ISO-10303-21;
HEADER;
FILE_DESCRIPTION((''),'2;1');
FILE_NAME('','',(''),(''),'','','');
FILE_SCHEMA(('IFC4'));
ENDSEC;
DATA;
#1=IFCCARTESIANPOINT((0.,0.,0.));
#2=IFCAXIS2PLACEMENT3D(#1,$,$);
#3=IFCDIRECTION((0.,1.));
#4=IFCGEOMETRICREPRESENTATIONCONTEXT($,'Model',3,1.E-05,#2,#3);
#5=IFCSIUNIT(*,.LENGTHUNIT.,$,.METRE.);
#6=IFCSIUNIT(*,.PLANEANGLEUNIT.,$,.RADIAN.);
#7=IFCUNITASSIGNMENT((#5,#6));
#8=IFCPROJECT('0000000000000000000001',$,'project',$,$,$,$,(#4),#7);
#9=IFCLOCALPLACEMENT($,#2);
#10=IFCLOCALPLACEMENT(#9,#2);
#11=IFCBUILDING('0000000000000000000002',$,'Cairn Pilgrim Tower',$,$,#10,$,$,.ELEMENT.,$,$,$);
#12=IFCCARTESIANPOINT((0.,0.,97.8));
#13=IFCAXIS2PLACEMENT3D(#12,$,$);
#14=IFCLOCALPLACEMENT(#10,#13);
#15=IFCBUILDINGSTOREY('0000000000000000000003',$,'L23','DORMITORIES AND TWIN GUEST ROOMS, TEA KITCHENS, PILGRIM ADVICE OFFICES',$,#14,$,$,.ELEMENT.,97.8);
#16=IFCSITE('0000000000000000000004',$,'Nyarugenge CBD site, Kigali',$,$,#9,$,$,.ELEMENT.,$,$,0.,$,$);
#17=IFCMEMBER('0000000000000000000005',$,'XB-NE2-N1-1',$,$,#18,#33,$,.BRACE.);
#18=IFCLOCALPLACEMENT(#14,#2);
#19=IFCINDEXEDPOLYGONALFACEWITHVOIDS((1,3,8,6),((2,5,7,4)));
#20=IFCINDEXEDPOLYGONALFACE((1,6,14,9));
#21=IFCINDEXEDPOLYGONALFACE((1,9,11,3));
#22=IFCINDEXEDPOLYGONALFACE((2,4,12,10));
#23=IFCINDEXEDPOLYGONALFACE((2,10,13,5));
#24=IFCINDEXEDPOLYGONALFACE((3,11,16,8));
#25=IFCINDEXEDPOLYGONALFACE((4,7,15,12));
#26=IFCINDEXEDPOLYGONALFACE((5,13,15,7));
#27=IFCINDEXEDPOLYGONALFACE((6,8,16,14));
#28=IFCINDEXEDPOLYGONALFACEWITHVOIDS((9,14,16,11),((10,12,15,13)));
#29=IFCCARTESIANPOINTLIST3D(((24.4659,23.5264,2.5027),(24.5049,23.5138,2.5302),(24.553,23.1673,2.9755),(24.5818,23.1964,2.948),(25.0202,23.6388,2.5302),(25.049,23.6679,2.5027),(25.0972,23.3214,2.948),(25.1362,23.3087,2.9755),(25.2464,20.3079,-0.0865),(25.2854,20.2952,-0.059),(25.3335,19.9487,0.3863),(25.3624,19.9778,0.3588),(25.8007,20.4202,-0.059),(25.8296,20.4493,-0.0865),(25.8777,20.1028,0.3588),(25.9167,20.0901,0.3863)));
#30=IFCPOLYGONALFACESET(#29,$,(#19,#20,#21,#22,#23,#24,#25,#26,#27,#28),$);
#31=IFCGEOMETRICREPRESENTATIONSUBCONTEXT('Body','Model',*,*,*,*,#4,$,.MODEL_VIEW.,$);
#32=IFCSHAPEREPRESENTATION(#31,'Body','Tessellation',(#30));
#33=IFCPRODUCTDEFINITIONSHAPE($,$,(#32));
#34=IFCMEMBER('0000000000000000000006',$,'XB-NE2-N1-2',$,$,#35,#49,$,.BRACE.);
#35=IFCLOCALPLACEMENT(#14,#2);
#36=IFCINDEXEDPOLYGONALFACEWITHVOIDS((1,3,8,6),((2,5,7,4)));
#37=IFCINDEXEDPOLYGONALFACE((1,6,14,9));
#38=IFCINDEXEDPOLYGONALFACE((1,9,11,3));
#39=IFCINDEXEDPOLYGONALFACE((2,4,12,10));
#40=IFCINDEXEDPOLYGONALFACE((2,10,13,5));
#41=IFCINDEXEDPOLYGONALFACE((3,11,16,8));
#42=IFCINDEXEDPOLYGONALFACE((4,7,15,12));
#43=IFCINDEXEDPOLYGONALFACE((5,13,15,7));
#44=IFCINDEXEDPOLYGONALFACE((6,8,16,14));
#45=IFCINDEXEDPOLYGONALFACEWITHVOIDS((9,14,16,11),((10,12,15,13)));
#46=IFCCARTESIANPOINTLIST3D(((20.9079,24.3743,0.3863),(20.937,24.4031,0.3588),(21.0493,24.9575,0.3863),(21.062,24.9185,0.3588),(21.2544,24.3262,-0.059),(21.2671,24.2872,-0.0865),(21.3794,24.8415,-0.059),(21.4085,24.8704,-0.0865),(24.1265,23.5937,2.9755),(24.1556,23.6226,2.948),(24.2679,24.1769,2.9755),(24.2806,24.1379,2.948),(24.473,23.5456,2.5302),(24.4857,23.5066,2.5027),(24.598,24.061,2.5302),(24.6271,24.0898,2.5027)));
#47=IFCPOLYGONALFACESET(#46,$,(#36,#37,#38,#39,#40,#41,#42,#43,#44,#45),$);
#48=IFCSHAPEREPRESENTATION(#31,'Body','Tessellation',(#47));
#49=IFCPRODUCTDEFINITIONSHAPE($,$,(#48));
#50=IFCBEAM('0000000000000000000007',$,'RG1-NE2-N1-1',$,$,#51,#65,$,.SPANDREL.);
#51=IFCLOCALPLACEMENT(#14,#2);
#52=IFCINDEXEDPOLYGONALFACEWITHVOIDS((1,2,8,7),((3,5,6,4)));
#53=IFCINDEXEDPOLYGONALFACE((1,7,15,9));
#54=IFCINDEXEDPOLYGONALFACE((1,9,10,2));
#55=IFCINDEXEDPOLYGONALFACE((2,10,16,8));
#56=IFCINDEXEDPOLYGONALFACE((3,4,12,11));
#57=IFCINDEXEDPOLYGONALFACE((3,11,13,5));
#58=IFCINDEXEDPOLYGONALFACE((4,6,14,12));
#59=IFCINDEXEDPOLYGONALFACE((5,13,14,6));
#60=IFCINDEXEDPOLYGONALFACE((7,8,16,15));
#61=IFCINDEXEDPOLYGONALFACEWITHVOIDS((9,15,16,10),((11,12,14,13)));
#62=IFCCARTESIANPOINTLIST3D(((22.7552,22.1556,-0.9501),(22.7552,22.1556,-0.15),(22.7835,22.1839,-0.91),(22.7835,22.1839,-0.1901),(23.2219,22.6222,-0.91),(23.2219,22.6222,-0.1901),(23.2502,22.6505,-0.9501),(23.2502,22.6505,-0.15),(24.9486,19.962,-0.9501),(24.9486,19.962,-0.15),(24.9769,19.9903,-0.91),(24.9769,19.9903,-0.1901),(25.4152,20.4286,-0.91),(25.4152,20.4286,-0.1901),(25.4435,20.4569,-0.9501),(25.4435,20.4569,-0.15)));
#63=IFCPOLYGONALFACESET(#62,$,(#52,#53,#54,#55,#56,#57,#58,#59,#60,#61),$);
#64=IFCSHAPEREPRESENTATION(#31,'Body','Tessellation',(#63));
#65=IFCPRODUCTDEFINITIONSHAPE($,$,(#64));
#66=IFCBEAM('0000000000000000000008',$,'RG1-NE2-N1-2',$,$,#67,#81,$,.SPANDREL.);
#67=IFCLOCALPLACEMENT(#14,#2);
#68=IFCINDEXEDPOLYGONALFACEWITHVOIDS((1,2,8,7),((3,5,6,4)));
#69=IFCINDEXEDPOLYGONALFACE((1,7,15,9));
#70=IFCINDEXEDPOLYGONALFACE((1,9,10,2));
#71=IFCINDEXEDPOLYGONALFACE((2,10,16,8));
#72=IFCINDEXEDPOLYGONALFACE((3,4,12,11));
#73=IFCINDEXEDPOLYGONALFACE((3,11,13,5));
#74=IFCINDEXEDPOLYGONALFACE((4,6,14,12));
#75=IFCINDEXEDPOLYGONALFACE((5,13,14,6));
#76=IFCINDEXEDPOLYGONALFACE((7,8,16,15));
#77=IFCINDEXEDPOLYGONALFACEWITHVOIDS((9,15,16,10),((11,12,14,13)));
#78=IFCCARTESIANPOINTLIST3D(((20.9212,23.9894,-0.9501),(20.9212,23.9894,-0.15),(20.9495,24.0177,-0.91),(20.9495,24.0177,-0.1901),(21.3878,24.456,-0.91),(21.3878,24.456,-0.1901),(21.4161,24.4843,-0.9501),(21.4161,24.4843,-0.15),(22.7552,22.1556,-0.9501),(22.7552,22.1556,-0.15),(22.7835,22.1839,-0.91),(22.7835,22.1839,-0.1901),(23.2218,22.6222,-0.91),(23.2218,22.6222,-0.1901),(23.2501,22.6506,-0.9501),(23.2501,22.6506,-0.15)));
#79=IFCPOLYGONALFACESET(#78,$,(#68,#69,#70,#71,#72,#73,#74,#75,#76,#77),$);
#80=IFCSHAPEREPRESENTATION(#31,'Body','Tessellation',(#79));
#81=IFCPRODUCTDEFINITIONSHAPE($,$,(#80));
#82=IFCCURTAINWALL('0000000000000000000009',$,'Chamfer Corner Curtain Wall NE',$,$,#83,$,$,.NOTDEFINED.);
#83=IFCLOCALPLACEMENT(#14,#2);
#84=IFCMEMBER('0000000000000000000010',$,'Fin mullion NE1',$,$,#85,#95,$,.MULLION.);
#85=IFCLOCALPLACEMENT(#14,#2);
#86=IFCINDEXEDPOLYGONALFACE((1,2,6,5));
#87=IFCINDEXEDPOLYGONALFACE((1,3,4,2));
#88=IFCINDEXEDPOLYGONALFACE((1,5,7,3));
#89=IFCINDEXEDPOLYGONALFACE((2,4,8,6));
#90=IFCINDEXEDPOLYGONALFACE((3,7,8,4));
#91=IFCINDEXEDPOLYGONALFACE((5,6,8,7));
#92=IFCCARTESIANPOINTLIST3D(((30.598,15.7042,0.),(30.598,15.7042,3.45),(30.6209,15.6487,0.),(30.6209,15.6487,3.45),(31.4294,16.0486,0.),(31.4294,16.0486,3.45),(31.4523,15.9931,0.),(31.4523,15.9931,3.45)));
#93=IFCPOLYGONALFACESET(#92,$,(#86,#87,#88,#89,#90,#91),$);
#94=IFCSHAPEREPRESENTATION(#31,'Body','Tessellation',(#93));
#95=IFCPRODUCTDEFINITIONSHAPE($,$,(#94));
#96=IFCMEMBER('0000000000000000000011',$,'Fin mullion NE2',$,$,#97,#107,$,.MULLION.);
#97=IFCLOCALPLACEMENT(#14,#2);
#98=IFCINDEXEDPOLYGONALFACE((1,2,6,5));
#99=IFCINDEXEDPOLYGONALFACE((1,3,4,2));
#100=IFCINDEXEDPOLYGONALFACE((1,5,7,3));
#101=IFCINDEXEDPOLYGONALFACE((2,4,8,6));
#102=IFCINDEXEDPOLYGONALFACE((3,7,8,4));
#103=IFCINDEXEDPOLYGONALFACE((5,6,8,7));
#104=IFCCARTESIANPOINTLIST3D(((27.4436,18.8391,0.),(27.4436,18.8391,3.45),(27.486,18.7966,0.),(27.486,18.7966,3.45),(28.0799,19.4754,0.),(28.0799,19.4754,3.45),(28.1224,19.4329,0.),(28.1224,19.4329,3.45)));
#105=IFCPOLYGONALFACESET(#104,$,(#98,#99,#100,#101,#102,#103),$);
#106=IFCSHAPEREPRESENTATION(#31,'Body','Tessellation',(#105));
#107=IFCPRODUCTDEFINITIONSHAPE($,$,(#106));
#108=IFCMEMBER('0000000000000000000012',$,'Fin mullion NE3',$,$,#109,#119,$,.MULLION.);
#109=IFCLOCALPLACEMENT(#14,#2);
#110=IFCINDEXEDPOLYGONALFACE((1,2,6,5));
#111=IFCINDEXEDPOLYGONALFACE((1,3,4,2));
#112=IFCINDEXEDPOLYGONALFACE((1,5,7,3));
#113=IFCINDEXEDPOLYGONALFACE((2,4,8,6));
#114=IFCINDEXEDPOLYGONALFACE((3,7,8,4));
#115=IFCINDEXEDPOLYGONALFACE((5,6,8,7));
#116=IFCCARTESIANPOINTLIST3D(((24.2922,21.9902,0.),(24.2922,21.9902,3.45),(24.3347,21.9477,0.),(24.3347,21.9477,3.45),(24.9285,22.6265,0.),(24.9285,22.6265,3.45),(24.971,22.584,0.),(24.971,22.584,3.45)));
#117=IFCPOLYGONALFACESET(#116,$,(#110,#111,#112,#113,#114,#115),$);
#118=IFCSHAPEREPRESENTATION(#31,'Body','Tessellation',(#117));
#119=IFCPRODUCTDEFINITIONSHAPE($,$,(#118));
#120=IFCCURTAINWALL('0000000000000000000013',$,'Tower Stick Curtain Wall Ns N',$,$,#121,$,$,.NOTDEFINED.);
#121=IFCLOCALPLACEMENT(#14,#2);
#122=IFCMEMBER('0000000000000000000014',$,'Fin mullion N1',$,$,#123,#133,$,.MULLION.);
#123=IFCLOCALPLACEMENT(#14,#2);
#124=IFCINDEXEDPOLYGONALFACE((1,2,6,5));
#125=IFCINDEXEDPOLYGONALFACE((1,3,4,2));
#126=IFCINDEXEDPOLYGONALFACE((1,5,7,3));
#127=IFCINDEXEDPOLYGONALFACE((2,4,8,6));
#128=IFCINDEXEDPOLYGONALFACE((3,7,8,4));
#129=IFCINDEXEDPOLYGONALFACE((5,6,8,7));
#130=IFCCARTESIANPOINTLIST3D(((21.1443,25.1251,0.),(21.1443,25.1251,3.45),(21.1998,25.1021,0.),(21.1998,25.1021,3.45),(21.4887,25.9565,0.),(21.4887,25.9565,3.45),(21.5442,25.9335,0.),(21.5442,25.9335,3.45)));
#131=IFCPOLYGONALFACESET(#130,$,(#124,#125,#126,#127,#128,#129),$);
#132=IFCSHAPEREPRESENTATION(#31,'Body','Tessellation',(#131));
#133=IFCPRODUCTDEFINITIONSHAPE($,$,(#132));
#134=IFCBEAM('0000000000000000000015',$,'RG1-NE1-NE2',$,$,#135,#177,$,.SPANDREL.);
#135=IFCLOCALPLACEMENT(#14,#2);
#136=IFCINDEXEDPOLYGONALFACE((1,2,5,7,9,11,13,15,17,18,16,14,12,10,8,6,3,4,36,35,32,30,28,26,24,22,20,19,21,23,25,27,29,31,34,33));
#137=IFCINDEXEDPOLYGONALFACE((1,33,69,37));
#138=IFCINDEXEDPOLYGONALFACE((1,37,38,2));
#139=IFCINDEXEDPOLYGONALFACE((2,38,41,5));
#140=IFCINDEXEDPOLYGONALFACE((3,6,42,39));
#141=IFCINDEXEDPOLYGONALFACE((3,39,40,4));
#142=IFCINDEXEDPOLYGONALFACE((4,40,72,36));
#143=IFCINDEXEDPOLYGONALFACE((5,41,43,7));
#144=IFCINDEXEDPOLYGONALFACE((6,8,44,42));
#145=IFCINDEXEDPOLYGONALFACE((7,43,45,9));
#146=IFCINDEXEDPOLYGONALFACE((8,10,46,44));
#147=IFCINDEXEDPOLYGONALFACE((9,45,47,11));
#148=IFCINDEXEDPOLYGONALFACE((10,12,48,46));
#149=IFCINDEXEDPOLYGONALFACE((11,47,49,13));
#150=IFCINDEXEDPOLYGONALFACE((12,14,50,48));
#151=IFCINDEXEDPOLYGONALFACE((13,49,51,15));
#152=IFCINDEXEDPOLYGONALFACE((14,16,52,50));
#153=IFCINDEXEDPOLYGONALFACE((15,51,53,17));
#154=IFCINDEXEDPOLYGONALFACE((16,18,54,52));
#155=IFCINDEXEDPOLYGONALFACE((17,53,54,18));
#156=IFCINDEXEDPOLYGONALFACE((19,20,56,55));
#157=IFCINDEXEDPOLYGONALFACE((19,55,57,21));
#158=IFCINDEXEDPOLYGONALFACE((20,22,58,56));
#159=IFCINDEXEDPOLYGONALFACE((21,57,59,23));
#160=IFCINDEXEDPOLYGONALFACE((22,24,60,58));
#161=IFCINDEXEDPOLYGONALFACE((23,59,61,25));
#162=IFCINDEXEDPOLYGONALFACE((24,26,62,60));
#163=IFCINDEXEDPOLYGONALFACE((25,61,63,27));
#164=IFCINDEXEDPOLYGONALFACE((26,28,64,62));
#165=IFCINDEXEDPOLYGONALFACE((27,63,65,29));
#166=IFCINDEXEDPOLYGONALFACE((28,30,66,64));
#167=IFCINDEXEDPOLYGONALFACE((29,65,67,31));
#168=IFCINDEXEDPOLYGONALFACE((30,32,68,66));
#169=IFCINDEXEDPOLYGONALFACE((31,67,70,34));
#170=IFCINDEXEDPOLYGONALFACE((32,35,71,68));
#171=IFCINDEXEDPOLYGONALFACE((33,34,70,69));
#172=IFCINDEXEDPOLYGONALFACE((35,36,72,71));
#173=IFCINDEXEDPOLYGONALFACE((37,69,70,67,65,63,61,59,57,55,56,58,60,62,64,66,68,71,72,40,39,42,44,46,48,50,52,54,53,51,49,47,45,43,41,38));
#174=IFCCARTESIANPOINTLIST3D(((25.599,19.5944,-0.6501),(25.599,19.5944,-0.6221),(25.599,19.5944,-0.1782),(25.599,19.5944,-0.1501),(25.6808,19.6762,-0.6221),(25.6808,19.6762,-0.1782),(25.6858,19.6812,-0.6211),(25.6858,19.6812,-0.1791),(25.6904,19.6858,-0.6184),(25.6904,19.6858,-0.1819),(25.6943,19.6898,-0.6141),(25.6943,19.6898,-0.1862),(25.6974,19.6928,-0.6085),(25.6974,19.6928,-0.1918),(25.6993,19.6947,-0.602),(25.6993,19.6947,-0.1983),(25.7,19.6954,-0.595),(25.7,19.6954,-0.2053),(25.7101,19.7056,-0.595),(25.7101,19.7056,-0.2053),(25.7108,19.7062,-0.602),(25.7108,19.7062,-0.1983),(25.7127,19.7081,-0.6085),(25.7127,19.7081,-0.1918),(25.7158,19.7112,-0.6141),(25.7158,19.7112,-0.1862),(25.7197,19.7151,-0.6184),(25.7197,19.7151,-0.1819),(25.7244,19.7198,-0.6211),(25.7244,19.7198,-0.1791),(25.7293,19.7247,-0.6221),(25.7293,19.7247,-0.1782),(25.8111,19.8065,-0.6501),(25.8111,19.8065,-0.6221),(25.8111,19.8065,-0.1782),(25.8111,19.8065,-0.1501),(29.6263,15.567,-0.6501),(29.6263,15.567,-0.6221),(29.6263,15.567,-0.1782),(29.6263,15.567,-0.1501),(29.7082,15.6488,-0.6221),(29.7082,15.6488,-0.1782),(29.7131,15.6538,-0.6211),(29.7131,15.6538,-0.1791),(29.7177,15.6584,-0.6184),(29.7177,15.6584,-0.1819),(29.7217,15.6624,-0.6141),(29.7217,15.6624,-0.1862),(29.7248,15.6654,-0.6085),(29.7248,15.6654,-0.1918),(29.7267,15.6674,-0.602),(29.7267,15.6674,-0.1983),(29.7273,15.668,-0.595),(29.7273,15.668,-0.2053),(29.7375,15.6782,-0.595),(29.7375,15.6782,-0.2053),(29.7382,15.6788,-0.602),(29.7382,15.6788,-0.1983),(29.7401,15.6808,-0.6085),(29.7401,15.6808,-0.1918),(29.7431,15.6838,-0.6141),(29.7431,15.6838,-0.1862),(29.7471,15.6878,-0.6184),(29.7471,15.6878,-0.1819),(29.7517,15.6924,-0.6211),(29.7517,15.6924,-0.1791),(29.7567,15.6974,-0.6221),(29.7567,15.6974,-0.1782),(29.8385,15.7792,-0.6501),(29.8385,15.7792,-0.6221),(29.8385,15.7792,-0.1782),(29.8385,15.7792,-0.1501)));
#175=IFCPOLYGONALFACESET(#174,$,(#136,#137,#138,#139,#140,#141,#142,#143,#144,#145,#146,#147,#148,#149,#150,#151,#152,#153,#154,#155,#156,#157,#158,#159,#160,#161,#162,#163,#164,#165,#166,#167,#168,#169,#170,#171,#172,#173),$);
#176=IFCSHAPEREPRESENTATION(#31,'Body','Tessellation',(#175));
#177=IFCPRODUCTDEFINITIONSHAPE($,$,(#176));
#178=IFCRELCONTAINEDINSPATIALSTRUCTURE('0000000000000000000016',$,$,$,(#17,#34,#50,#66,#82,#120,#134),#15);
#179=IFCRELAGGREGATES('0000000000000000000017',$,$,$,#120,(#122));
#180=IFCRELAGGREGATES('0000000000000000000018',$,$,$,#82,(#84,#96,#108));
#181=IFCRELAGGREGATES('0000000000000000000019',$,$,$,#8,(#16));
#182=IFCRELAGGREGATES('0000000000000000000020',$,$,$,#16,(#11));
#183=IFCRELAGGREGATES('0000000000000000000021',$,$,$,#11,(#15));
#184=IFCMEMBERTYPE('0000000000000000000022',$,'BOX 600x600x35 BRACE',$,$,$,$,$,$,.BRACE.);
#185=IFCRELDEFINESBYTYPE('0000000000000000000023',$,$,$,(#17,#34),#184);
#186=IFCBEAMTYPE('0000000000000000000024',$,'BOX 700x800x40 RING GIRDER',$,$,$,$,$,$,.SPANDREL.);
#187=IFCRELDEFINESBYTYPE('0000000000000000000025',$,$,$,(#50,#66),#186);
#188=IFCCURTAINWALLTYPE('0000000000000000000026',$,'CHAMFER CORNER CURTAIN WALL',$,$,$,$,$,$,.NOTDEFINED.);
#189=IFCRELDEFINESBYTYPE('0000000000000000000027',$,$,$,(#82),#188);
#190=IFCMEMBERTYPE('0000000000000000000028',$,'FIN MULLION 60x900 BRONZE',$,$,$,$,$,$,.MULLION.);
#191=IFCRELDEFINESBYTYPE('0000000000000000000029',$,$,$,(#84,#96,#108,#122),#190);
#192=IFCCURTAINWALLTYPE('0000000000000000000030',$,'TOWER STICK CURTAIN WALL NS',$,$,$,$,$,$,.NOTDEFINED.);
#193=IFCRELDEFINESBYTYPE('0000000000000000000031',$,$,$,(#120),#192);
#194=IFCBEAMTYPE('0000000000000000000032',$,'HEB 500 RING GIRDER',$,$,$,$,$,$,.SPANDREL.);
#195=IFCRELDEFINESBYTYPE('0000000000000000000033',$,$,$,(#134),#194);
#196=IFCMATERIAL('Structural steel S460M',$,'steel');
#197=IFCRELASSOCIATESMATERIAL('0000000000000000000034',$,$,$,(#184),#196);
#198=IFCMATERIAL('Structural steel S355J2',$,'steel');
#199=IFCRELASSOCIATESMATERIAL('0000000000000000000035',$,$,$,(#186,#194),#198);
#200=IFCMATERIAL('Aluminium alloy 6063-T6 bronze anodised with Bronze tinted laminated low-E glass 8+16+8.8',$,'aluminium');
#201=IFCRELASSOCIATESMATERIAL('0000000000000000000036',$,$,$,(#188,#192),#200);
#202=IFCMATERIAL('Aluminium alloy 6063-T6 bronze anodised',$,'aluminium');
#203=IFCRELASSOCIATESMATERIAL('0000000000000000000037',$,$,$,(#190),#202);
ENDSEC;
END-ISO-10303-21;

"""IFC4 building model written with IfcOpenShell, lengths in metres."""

from ifc_helpers import new_model, si_unit, direction, frame, origin, origin_2d, place, context, subcontext, project, spatial, rectangle, hollow_rectangle, i_section, extrude, material, material_profile, profile_set, type_object, element, aggregate, save


model = new_model("IFC4")

# Units and contexts
model_context = context("Model", 3, precision=1e-05, world=origin(), true_north=direction((0.0, 1.0)))
body_context = subcontext(model_context, "Body", "Model", "MODEL_VIEW")
ifc_project = project(units=[si_unit("LENGTHUNIT", "METRE"), si_unit("PLANEANGLEUNIT", "RADIAN")], contexts=[model_context])

# Site, building, storey
site_placement = place(None, origin())
site = spatial("IfcSite", under=ifc_project, at=site_placement, Name="Nyarugenge CBD site, Kigali", CompositionType="ELEMENT", RefElevation=0.0)
building_placement = place(site_placement, origin())
building = spatial("IfcBuilding", under=site, at=building_placement, Name="Cairn Pilgrim Tower", CompositionType="ELEMENT")
storey_placement = place(building_placement, frame((0.0, 0.0, 97.8)))
storey = spatial("IfcBuildingStorey", under=building, at=storey_placement, Name="L23", Description="DORMITORIES AND TWIN GUEST ROOMS, TEA KITCHENS, PILGRIM ADVICE OFFICES", CompositionType="ELEMENT", Elevation=97.8)

# Shared definitions
ifc_material_1 = material(Name="Structural steel S460M", Category="steel")

# Members
ifc_material_profile_1 = material_profile(ifc_material_1, hollow_rectangle(XDim=0.6001, YDim=0.6001, WallThickness=0.0349, at=origin_2d()), Name="BOX 600x600x35")
ifc_profile_set_1 = profile_set([ifc_material_profile_1], Name="Structural steel S460M")
member_type_1 = type_object("IfcMemberType", Name="BOX 600x600x35 BRACE", PredefinedType="BRACE", material=ifc_profile_set_1)
for number, where, z_axis, x_axis, name in (
    (1, (25.5815, 20.199, 0.1499), (-0.185672, 0.765628, 0.615906), (-0.971831, -0.235678, 0.0), "XB-NE2-N1-1"),
    (2, (21.1582, 24.6223, 0.1499), (0.765628, -0.185672, 0.615906), (0.235678, 0.971831, 0.0), "XB-NE2-N1-2"),
):
    element("IfcMember", number, at=place(storey_placement, frame(where, z_axis=z_axis, x_axis=x_axis)), inside=storey, type_object=member_type_1, Name=name, PredefinedType="BRACE", context=body_context, shape_type="SweptSolid", body=[
        extrude(hollow_rectangle(XDim=0.6001, YDim=0.6001, WallThickness=0.0349, at=origin_2d()), origin(), (0.0, 0.0, 1.0), 4.2039),
    ])

# Beams
ifc_material_2 = material(Name="Structural steel S355J2", Category="steel")
ifc_material_profile_2 = material_profile(ifc_material_2, hollow_rectangle(XDim=0.7, YDim=0.8, WallThickness=0.04, at=origin_2d()), Name="BOX 700x800x40")
ifc_profile_set_2 = profile_set([ifc_material_profile_2], Name="Structural steel S355J2")
beam_type_1 = type_object("IfcBeamType", Name="BOX 700x800x40 RING GIRDER", PredefinedType="SPANDREL", material=ifc_profile_set_2)
beam_1_placement = place(storey_placement, frame((25.196, 20.2095, -0.55), z_axis=(-0.707067, 0.707146, 0.0), x_axis=(-0.707146, -0.707067, 0.0)))
element("IfcBeam", 3, at=beam_1_placement, inside=storey, type_object=beam_type_1, Name="RG1-NE2-N1-1", PredefinedType="SPANDREL", context=body_context, shape_type="SweptSolid", body=[
    extrude(hollow_rectangle(XDim=0.7, YDim=0.8, WallThickness=0.04, at=origin_2d()), origin(), (0.0, 0.0, 1.0), 3.1021),
])
beam_2_placement = place(storey_placement, frame((23.0027, 22.4031, -0.55), z_axis=(-0.707154, 0.70706, 0.0), x_axis=(-0.70706, -0.707154, 0.0)))
element("IfcBeam", 4, at=beam_2_placement, inside=storey, type_object=beam_type_1, Name="RG1-NE2-N1-2", PredefinedType="SPANDREL", context=body_context, shape_type="SweptSolid", body=[
    extrude(hollow_rectangle(XDim=0.7, YDim=0.8, WallThickness=0.04, at=origin_2d()), origin(), (0.0, 0.0, 1.0), 2.5935),
])

# Curtain wall, members
ifc_material_3 = material(Name="Aluminium alloy 6063-T6 bronze anodised with Bronze tinted laminated low-E glass 8+16+8.8", Category="aluminium")
curtain_wall_type_1 = type_object("IfcCurtainWallType", Name="CHAMFER CORNER CURTAIN WALL", PredefinedType="NOTDEFINED", material=ifc_material_3)
curtain_wall_1_placement = place(storey_placement, origin())
curtain_wall_1 = element("IfcCurtainWall", 5, at=curtain_wall_1_placement, inside=storey, type_object=curtain_wall_type_1, Name="Chamfer Corner Curtain Wall NE", PredefinedType="NOTDEFINED")
ifc_material_4 = material(Name="Aluminium alloy 6063-T6 bronze anodised", Category="aluminium")
ifc_material_profile_3 = material_profile(ifc_material_4, rectangle(XDim=0.8999, YDim=0.0601, at=origin_2d()), Name="FIN MULLION 60x900 BRONZE")
ifc_profile_set_3 = profile_set([ifc_material_profile_3], Name="Aluminium alloy 6063-T6 bronze anodised")
member_type_2 = type_object("IfcMemberType", Name="FIN MULLION 60x900 BRONZE", PredefinedType="MULLION", material=ifc_profile_set_3)
member_1_placement = place(storey_placement, frame((31.0251, 15.8486, 0.0), z_axis=(0.0, 0.0, 1.0), x_axis=(0.92388, 0.382683, 0.0)))
member_1 = element("IfcMember", 6, at=member_1_placement, type_object=member_type_2, Name="Fin mullion NE1", PredefinedType="MULLION", context=body_context, shape_type="SweptSolid", body=[
    extrude(rectangle(XDim=0.8999, YDim=0.0601, at=origin_2d()), origin(), (0.0, 0.0, 1.0), 3.45),
])
member_2_placement = place(storey_placement, frame((27.783, 19.136, 0.0), z_axis=(0.0, 0.0, 1.0), x_axis=(0.707107, 0.707107, 0.0)))
member_2 = element("IfcMember", 7, at=member_2_placement, type_object=member_type_2, Name="Fin mullion NE2", PredefinedType="MULLION", context=body_context, shape_type="SweptSolid", body=[
    extrude(rectangle(XDim=0.8999, YDim=0.0601, at=origin_2d()), origin(), (0.0, 0.0, 1.0), 3.45),
])
member_3_placement = place(storey_placement, frame((24.6316, 22.2871, 0.0), z_axis=(0.0, 0.0, 1.0), x_axis=(0.707107, 0.707107, 0.0)))
member_3 = element("IfcMember", 8, at=member_3_placement, type_object=member_type_2, Name="Fin mullion NE3", PredefinedType="MULLION", context=body_context, shape_type="SweptSolid", body=[
    extrude(rectangle(XDim=0.8999, YDim=0.0601, at=origin_2d()), origin(), (0.0, 0.0, 1.0), 3.45),
])

# Curtain wall, member
curtain_wall_type_2 = type_object("IfcCurtainWallType", Name="TOWER STICK CURTAIN WALL NS", PredefinedType="NOTDEFINED", material=ifc_material_3)
curtain_wall_2_placement = place(storey_placement, origin())
curtain_wall_2 = element("IfcCurtainWall", 9, at=curtain_wall_2_placement, inside=storey, type_object=curtain_wall_type_2, Name="Tower Stick Curtain Wall Ns N", PredefinedType="NOTDEFINED")
member_4_placement = place(storey_placement, frame((21.3442, 25.5293, 0.0), z_axis=(0.0, 0.0, 1.0), x_axis=(0.382683, 0.92388, 0.0)))
member_4 = element("IfcMember", 10, at=member_4_placement, type_object=member_type_2, Name="Fin mullion N1", PredefinedType="MULLION", context=body_context, shape_type="SweptSolid", body=[
    extrude(rectangle(XDim=0.8999, YDim=0.0601, at=origin_2d()), origin(), (0.0, 0.0, 1.0), 3.45),
])

# Beam
ifc_material_profile_4 = material_profile(ifc_material_2, i_section(OverallWidth=0.3, OverallDepth=0.5, WebThickness=0.0144, FlangeThickness=0.0281, FilletRadius=0.0271, at=origin_2d()), Name="HEB 500")
ifc_profile_set_4 = profile_set([ifc_material_profile_4], Name="Structural steel S355J2")
beam_type_2 = type_object("IfcBeamType", Name="HEB 500 RING GIRDER", PredefinedType="SPANDREL", material=ifc_profile_set_4)
beam_3_placement = place(storey_placement, frame((29.7324, 15.6731, -0.4001), z_axis=(-0.707107, 0.707107, 0.0), x_axis=(-0.707107, -0.707107, 0.0)))
element("IfcBeam", 11, at=beam_3_placement, inside=storey, type_object=beam_type_2, Name="RG1-NE1-NE2", PredefinedType="SPANDREL", context=body_context, shape_type="SweptSolid", body=[
    extrude(i_section(OverallWidth=0.3, OverallDepth=0.5, WebThickness=0.0144, FlangeThickness=0.0281, FilletRadius=0.0271, at=origin_2d()), origin(), (0.0, 0.0, 1.0), 5.6956),
])

aggregate(curtain_wall_2, [member_4])
aggregate(curtain_wall_1, [member_1, member_2, member_3])

save(model, "model.ifc")
